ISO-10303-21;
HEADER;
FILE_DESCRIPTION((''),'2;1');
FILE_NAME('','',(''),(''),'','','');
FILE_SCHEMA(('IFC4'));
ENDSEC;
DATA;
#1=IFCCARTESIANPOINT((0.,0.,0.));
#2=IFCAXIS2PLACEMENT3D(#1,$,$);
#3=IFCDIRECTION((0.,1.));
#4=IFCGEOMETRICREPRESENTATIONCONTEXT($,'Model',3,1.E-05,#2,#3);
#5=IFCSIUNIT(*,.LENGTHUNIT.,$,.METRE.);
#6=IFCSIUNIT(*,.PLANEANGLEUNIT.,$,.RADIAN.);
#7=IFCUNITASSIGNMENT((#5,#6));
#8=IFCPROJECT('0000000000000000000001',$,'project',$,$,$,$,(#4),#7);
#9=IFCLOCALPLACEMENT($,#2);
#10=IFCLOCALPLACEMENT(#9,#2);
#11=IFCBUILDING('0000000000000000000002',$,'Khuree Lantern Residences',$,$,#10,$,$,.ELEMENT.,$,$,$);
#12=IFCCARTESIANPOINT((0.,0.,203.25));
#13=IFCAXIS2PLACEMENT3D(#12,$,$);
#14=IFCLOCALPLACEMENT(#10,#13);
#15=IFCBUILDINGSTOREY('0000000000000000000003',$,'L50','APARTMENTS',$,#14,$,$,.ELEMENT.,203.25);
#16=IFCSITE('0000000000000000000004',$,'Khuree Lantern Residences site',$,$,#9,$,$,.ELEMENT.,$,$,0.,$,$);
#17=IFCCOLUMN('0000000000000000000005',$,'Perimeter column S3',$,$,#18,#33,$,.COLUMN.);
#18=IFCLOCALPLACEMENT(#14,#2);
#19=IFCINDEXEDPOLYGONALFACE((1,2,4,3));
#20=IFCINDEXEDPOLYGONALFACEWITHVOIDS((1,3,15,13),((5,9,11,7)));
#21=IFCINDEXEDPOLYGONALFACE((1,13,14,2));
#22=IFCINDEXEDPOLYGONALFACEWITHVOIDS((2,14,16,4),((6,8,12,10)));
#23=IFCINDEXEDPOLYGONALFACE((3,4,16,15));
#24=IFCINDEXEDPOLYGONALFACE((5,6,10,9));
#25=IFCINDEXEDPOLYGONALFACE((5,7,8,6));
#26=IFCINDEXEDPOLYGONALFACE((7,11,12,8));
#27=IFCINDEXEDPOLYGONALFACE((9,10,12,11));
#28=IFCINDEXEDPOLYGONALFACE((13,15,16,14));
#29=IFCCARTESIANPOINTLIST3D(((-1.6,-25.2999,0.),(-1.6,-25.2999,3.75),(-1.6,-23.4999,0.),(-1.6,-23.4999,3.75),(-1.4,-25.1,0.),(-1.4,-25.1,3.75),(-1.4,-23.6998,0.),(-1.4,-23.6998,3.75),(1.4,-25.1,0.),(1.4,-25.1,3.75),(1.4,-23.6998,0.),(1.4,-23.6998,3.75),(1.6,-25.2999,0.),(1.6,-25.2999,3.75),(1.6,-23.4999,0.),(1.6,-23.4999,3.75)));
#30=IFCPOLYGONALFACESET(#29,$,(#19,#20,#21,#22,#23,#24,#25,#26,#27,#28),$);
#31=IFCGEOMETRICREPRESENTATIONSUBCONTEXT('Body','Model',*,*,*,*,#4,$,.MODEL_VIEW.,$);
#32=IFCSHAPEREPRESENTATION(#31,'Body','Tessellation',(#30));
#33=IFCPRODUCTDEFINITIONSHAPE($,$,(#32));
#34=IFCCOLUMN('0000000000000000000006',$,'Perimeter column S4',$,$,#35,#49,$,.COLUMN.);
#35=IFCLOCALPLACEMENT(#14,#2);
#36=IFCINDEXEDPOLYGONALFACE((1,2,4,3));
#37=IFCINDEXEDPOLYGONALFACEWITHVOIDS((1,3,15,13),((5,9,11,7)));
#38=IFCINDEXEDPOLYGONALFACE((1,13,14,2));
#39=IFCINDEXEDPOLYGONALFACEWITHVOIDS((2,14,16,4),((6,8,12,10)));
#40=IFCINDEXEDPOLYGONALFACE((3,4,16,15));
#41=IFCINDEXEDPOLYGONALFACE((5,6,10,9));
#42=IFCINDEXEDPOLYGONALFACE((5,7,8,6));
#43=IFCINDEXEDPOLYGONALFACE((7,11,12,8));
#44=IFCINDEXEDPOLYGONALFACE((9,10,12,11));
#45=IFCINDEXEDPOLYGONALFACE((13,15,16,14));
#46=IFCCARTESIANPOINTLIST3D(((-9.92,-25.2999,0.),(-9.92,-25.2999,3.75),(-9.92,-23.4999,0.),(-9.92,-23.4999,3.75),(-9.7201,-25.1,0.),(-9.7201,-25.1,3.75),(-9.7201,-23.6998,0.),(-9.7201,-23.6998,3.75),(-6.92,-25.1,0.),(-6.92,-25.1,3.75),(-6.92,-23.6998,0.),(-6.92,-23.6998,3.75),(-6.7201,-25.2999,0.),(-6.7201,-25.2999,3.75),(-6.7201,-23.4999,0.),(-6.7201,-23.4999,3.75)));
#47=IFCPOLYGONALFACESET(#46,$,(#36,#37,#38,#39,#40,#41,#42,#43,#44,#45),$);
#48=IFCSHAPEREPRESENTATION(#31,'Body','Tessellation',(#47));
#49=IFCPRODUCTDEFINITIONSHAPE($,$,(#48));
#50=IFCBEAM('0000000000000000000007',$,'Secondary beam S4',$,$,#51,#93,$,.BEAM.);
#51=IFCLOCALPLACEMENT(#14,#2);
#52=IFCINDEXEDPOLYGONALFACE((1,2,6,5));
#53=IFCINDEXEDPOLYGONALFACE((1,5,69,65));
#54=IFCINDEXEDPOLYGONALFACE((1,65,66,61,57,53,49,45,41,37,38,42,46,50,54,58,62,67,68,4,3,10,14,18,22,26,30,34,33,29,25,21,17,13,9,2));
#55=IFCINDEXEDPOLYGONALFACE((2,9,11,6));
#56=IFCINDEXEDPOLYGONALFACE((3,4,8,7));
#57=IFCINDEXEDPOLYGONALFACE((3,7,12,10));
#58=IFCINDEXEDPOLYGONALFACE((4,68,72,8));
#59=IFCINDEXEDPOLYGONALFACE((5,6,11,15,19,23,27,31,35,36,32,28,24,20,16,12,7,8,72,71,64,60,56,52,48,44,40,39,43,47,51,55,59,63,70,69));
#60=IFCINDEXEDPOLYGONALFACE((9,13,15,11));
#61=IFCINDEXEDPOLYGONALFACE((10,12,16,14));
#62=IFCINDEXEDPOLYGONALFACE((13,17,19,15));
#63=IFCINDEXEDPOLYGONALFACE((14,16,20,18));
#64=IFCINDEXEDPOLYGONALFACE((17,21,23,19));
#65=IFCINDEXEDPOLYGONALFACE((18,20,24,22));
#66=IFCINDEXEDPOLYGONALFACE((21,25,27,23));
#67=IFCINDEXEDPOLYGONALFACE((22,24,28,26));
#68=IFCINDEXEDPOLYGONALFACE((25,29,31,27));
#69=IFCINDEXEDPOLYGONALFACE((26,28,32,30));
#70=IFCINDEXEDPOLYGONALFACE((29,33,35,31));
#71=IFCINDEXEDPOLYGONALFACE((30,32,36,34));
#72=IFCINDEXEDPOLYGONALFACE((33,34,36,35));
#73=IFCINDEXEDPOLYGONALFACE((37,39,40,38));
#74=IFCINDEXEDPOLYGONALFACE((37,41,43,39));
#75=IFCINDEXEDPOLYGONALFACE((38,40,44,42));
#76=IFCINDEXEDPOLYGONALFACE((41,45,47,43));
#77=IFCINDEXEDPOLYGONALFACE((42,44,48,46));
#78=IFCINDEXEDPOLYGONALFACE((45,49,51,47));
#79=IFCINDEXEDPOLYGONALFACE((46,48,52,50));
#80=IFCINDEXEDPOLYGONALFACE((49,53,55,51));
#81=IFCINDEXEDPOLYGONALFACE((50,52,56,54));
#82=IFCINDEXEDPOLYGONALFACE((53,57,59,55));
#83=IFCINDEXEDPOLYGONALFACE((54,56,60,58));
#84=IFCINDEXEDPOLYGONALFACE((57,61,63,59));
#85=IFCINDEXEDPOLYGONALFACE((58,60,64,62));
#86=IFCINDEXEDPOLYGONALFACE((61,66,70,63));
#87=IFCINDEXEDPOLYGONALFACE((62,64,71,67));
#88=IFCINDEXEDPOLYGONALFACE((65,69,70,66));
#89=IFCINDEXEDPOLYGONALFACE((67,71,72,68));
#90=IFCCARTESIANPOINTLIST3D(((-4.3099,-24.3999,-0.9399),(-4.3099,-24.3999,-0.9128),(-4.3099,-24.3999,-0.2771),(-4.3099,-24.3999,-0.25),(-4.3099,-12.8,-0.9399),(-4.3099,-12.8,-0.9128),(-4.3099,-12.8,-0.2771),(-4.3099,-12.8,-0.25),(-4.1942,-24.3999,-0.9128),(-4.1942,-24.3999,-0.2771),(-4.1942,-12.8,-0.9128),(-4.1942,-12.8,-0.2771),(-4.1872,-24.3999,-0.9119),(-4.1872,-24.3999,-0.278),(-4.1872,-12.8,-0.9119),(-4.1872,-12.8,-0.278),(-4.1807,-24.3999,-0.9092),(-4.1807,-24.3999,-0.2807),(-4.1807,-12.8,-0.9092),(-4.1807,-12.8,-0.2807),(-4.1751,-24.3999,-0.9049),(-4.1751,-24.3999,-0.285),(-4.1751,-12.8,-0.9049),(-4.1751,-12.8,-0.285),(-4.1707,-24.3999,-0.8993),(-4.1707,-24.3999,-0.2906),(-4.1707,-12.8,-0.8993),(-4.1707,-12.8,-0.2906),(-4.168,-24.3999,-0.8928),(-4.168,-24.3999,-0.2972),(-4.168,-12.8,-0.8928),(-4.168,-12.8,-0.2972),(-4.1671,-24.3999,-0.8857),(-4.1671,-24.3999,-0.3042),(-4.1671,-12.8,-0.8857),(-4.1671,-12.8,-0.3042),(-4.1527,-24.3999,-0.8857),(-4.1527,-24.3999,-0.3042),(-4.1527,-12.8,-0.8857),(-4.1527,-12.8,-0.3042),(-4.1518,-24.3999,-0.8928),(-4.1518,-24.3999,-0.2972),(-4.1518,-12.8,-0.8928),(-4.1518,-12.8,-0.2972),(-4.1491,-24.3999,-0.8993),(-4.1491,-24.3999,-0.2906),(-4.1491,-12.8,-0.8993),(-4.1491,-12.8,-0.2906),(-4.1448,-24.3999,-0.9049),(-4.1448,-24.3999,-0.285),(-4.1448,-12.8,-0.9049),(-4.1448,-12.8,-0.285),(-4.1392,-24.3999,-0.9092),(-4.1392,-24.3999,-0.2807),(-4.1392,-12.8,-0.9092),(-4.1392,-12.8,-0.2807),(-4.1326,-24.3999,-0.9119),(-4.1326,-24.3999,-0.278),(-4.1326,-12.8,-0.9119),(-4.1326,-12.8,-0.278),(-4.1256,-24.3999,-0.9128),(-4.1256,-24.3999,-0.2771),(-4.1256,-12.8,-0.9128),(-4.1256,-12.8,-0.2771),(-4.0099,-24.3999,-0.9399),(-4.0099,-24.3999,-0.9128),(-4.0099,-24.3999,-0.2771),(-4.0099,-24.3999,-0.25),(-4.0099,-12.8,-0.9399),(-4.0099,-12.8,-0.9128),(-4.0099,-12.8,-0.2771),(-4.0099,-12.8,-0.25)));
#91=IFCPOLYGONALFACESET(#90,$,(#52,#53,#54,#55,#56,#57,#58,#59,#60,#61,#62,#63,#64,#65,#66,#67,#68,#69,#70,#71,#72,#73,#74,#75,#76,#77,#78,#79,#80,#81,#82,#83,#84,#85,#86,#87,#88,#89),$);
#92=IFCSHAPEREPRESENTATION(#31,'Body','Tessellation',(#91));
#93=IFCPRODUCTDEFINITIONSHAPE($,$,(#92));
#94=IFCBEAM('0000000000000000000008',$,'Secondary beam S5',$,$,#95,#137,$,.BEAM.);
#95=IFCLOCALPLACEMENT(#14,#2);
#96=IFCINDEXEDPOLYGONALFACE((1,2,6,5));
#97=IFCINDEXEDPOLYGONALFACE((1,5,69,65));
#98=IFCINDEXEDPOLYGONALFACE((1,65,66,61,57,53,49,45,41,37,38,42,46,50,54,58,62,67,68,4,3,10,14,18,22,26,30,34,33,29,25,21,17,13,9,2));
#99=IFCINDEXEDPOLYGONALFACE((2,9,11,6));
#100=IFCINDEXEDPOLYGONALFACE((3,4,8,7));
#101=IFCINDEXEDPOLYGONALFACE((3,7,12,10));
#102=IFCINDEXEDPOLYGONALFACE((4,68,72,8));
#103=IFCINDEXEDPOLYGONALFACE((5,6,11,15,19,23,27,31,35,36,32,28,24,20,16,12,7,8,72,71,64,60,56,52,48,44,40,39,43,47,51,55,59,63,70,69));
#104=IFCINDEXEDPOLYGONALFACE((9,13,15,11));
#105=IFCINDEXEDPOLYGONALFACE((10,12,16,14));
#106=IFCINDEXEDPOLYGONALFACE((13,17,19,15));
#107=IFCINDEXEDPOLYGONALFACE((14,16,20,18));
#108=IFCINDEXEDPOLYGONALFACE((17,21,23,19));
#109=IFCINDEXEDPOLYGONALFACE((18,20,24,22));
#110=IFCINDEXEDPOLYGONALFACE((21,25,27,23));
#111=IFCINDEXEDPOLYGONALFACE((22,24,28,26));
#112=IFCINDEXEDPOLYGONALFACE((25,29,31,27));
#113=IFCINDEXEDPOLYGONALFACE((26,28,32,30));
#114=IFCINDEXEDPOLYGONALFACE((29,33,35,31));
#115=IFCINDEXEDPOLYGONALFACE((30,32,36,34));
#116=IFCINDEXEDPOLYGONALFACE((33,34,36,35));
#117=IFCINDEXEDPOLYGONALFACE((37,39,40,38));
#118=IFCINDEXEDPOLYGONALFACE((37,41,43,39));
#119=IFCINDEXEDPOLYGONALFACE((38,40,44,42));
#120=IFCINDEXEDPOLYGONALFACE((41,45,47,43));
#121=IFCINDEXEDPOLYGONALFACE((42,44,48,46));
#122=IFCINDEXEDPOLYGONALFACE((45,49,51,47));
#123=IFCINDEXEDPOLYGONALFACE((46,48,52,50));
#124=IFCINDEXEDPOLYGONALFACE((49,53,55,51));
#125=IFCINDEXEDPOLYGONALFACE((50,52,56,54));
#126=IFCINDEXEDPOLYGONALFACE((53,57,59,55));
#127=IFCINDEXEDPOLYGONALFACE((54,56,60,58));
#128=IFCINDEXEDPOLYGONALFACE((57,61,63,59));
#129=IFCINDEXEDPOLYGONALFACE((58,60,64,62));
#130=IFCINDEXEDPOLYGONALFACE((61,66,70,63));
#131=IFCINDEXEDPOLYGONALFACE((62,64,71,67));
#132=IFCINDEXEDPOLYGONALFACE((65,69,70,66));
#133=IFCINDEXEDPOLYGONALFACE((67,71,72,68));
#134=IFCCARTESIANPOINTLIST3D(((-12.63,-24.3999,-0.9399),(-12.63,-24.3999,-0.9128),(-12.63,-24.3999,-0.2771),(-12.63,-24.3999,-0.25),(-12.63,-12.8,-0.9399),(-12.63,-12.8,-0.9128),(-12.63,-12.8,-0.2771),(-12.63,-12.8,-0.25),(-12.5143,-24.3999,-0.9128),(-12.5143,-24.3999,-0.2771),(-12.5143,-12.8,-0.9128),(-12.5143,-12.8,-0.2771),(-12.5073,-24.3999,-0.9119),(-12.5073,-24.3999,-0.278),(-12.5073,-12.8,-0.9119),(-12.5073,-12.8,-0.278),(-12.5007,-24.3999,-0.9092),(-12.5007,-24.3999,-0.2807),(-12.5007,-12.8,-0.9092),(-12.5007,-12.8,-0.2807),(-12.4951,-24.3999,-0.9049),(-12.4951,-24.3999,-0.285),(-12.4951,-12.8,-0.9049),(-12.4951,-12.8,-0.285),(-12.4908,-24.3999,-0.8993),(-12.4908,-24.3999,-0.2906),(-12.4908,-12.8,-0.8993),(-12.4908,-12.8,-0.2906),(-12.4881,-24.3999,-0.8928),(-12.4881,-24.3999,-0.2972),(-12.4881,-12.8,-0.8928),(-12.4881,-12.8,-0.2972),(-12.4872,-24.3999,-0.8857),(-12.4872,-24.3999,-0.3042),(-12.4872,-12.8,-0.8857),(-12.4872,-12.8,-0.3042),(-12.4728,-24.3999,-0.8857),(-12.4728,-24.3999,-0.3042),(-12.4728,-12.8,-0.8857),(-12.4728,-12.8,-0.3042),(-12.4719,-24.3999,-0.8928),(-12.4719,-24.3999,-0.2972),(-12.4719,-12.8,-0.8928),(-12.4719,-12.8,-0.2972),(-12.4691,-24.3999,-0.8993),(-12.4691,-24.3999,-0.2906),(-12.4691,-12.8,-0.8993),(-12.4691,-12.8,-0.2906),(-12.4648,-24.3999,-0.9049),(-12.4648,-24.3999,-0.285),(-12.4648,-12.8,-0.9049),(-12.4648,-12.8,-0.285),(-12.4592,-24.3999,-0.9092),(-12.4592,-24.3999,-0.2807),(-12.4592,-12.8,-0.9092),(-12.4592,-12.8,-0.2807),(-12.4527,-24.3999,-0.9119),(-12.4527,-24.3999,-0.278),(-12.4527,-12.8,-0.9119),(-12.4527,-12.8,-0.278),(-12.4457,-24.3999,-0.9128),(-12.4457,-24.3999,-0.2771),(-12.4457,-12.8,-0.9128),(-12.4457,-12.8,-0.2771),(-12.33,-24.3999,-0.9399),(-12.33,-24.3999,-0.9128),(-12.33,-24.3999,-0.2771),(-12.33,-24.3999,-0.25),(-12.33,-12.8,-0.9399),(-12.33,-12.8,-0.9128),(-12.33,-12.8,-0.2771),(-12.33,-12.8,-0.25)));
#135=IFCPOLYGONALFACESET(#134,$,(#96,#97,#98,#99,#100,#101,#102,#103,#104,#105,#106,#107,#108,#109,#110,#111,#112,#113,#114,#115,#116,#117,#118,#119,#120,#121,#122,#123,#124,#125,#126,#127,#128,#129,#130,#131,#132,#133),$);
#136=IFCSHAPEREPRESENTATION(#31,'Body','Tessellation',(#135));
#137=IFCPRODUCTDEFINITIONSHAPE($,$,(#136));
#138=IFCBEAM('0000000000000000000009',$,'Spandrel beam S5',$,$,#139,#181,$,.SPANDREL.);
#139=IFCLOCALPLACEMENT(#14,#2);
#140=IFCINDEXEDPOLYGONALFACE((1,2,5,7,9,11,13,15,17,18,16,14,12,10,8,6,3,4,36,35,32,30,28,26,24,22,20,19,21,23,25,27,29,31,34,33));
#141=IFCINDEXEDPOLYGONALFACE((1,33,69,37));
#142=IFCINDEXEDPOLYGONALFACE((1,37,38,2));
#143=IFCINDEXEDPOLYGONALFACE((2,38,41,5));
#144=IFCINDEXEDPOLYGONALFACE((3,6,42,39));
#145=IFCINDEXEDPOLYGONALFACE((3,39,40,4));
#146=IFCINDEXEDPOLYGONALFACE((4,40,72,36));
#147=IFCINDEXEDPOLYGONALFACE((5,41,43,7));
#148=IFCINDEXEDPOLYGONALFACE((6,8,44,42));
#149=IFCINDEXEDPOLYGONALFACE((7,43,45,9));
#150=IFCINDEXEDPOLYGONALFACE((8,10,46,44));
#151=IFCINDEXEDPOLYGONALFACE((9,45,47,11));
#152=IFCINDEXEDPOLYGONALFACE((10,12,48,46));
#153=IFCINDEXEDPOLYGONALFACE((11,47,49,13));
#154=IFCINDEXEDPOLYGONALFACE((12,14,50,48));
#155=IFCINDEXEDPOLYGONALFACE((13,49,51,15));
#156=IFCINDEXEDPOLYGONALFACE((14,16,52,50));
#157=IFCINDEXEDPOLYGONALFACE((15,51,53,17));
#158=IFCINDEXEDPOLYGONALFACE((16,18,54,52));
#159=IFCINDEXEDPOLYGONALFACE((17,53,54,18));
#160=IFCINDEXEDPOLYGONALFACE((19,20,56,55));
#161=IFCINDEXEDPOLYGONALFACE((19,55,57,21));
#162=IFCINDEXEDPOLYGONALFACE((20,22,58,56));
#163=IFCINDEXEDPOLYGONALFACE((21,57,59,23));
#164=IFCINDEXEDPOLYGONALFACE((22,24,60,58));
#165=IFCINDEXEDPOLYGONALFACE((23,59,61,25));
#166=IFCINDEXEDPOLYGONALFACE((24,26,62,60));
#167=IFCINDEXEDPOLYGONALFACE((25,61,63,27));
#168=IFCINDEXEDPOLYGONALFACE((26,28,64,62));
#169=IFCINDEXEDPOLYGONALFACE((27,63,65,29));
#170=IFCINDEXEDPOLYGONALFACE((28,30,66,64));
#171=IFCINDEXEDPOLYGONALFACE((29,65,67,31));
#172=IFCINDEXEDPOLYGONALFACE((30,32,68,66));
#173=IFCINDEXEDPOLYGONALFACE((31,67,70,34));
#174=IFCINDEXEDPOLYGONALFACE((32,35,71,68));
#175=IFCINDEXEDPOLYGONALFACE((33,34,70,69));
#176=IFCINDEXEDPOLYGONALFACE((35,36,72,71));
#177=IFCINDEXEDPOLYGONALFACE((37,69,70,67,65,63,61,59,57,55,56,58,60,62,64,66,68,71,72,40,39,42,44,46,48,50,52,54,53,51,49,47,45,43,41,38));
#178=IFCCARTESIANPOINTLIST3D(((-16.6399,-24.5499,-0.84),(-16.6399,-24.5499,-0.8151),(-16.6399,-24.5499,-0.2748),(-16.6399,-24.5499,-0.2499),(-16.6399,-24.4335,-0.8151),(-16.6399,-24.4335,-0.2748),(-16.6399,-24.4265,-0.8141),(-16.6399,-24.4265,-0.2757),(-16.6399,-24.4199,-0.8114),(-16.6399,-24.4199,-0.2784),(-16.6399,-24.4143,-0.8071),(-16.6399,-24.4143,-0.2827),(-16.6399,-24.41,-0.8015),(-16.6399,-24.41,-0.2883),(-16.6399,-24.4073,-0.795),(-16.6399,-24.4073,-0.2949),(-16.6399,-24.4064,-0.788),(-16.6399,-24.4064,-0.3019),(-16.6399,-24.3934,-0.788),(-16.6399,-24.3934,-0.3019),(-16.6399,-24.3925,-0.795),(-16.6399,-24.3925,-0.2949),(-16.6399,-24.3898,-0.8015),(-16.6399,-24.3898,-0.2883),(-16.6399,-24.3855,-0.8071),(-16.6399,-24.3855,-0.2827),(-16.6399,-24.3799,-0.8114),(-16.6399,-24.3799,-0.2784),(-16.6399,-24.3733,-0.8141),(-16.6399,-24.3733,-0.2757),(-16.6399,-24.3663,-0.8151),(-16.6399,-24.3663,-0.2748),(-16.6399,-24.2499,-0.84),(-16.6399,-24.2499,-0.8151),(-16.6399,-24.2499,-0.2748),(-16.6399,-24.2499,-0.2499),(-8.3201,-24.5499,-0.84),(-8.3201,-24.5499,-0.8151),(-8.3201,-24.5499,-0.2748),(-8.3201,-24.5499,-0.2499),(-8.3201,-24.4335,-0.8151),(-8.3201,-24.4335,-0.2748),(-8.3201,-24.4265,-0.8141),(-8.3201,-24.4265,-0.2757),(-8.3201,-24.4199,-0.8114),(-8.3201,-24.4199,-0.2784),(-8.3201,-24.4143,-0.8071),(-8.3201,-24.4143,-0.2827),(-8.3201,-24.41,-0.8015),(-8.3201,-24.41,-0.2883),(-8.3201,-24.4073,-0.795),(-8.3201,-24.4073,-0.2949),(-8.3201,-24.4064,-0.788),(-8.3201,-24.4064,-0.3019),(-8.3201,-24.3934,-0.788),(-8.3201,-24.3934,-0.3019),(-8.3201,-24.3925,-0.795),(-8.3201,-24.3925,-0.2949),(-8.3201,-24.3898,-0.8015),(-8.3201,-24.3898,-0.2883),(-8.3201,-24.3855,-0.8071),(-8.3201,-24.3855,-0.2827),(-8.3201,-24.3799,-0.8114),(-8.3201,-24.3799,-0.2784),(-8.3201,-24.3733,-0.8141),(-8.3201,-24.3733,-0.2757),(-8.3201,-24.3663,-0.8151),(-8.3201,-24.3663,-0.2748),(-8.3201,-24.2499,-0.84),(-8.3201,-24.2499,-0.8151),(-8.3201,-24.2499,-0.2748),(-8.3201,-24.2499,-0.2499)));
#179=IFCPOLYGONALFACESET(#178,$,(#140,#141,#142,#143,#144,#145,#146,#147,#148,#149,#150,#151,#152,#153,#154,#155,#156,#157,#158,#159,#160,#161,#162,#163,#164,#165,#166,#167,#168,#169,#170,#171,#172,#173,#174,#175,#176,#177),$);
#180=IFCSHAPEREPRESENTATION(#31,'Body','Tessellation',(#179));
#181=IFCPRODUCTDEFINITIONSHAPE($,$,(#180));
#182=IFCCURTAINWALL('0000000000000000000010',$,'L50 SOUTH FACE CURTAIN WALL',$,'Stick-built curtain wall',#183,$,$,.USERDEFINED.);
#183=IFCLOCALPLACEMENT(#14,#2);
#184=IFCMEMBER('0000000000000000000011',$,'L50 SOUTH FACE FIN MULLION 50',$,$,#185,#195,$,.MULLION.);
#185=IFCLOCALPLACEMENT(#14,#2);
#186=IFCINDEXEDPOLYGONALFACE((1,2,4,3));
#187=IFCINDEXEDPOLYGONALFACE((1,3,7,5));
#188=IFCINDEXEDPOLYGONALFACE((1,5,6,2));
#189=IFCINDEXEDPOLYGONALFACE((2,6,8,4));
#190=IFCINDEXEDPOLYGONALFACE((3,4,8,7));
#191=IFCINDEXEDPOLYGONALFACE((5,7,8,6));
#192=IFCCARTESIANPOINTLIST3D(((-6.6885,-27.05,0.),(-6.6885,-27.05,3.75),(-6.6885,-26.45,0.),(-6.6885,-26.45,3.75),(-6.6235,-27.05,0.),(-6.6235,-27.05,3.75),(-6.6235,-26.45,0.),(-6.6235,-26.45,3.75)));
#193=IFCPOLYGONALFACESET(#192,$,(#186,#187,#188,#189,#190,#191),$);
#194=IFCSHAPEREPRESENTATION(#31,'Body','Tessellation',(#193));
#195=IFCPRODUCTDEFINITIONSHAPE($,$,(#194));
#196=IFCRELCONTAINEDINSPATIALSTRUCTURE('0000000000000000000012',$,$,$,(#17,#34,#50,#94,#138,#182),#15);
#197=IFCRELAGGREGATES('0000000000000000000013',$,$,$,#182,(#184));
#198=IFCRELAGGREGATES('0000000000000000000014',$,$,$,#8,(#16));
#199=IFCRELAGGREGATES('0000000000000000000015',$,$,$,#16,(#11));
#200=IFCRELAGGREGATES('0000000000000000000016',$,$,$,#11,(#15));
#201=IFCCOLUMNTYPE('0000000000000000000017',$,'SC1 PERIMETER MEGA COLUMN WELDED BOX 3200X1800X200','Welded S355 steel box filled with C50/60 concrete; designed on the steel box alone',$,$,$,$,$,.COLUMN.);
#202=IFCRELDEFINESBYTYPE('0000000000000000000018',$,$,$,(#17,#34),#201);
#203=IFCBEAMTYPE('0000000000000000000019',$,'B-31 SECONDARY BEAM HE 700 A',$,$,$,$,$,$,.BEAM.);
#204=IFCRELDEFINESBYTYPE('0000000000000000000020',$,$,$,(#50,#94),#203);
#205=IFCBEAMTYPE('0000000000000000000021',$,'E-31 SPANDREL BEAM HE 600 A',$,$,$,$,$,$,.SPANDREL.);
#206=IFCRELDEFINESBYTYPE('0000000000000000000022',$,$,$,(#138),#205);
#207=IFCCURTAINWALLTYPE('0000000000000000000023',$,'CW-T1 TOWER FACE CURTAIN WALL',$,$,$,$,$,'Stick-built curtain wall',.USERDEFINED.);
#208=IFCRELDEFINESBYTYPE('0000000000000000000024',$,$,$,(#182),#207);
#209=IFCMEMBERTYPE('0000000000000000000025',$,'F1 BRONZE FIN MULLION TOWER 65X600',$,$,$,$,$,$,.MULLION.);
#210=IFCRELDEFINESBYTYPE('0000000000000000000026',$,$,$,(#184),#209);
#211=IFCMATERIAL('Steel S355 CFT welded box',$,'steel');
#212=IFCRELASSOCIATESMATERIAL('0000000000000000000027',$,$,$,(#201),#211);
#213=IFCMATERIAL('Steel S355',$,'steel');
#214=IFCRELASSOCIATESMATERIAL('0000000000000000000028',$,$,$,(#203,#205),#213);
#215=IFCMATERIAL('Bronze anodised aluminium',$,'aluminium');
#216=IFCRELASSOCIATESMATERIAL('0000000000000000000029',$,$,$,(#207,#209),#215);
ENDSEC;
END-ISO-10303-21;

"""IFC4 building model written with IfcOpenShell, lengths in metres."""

from ifc_helpers import new_model, si_unit, direction, frame, origin, origin_2d, place, context, subcontext, project, spatial, rectangle, hollow_rectangle, i_section, extrude, material, material_profile, profile_set, type_object, element, aggregate, save


model = new_model("IFC4")

# Units and contexts
model_context = context("Model", 3, precision=1e-05, world=origin(), true_north=direction((0.0, 1.0)))
body_context = subcontext(model_context, "Body", "Model", "MODEL_VIEW")
ifc_project = project(units=[si_unit("LENGTHUNIT", "METRE"), si_unit("PLANEANGLEUNIT", "RADIAN")], contexts=[model_context])

# Site, building, storey
site_placement = place(None, origin())
site = spatial("IfcSite", under=ifc_project, at=site_placement, Name="Khuree Lantern Residences site", CompositionType="ELEMENT", RefElevation=0.0)
building_placement = place(site_placement, origin())
building = spatial("IfcBuilding", under=site, at=building_placement, Name="Khuree Lantern Residences", CompositionType="ELEMENT")
storey_placement = place(building_placement, frame((0.0, 0.0, 203.25)))
storey = spatial("IfcBuildingStorey", under=building, at=storey_placement, Name="L50", Description="APARTMENTS", CompositionType="ELEMENT", Elevation=203.25)

# Columns
ifc_material_1 = material(Name="Steel S355 CFT welded box", Category="steel")
ifc_material_profile_1 = material_profile(ifc_material_1, hollow_rectangle(XDim=3.2, YDim=1.8, WallThickness=0.2, at=origin_2d()), Name="WELDED BOX 3200X1800X200")
ifc_profile_set_1 = profile_set([ifc_material_profile_1], Name="Steel S355 CFT welded box")
column_type = type_object("IfcColumnType", Name="SC1 PERIMETER MEGA COLUMN WELDED BOX 3200X1800X200", Description="Welded S355 steel box filled with C50/60 concrete; designed on the steel box alone", PredefinedType="COLUMN", material=ifc_profile_set_1)
for number, where, z_axis, x_axis, name in (
    (1, (0.0, -24.3999, 0.0), (0.0, 0.0, 1.0), (1.0, 0.0, 0.0), "Perimeter column S3"),
    (2, (-8.3201, -24.3999, 0.0), (0.0, 0.0, 1.0), (1.0, 0.0, 0.0), "Perimeter column S4"),
):
    element("IfcColumn", number, at=place(storey_placement, frame(where, z_axis=z_axis, x_axis=x_axis)), inside=storey, type_object=column_type, Name=name, PredefinedType="COLUMN", context=body_context, shape_type="SweptSolid", body=[
        extrude(hollow_rectangle(XDim=3.2, YDim=1.8, WallThickness=0.2, at=origin_2d()), origin(), (0.0, 0.0, 1.0), 3.75),
    ])

# Beams
ifc_material_2 = material(Name="Steel S355", Category="steel")
ifc_material_profile_2 = material_profile(ifc_material_2, i_section(OverallWidth=0.3, OverallDepth=0.6899, WebThickness=0.0144, FlangeThickness=0.0271, FilletRadius=0.0271, at=origin_2d()), Name="HE 700 A")
ifc_profile_set_2 = profile_set([ifc_material_profile_2], Name="Steel S355")
beam_type_1 = type_object("IfcBeamType", Name="B-31 SECONDARY BEAM HE 700 A", PredefinedType="BEAM", material=ifc_profile_set_2)
for number, where, z_axis, x_axis, name in (
    (3, (-4.1599, -24.3999, -0.595), (0.0, 1.0, 0.0), (-1.0, 0.0, 0.0), "Secondary beam S4"),
    (4, (-12.48, -24.3999, -0.595), (0.0, 1.0, 0.0), (-1.0, 0.0, 0.0), "Secondary beam S5"),
):
    element("IfcBeam", number, at=place(storey_placement, frame(where, z_axis=z_axis, x_axis=x_axis)), inside=storey, type_object=beam_type_1, Name=name, PredefinedType="BEAM", context=body_context, shape_type="SweptSolid", body=[
        extrude(i_section(OverallWidth=0.3, OverallDepth=0.6899, WebThickness=0.0144, FlangeThickness=0.0271, FilletRadius=0.0271, at=origin_2d()), origin(), (0.0, 0.0, 1.0), 11.5999),
    ])
ifc_material_profile_3 = material_profile(ifc_material_2, i_section(OverallWidth=0.3, OverallDepth=0.5901, WebThickness=0.0129, FlangeThickness=0.0249, FilletRadius=0.0271, at=origin_2d()), Name="HE 600 A")
ifc_profile_set_3 = profile_set([ifc_material_profile_3], Name="Steel S355")
beam_type_2 = type_object("IfcBeamType", Name="E-31 SPANDREL BEAM HE 600 A", PredefinedType="SPANDREL", material=ifc_profile_set_3)
beam_1_placement = place(storey_placement, frame((-8.3201, -24.3999, -0.5449), z_axis=(-1.0, 0.0, 0.0), x_axis=(0.0, -1.0, 0.0)))
element("IfcBeam", 5, at=beam_1_placement, inside=storey, type_object=beam_type_2, Name="Spandrel beam S5", PredefinedType="SPANDREL", context=body_context, shape_type="SweptSolid", body=[
    extrude(i_section(OverallWidth=0.3, OverallDepth=0.5901, WebThickness=0.0129, FlangeThickness=0.0249, FilletRadius=0.0271, at=origin_2d()), origin(), (0.0, 0.0, 1.0), 8.3198),
])

# Curtain wall, member
ifc_material_3 = material(Name="Bronze anodised aluminium", Category="aluminium")
curtain_wall_type = type_object("IfcCurtainWallType", Name="CW-T1 TOWER FACE CURTAIN WALL", ElementType="Stick-built curtain wall", PredefinedType="USERDEFINED", material=ifc_material_3)
curtain_wall_placement = place(storey_placement, origin())
curtain_wall = element("IfcCurtainWall", 6, at=curtain_wall_placement, inside=storey, type_object=curtain_wall_type, Name="L50 SOUTH FACE CURTAIN WALL", ObjectType="Stick-built curtain wall", PredefinedType="USERDEFINED")
ifc_material_profile_4 = material_profile(ifc_material_3, rectangle(XDim=0.0649, YDim=0.6001, at=origin_2d()), Name="F1 65X600")
ifc_profile_set_4 = profile_set([ifc_material_profile_4], Name="Bronze anodised aluminium")
member_type_1 = type_object("IfcMemberType", Name="F1 BRONZE FIN MULLION TOWER 65X600", PredefinedType="MULLION", material=ifc_profile_set_4)
member_1_placement = place(storey_placement, frame((-6.656, -26.75, 0.0), z_axis=(0.0, 0.0, 1.0), x_axis=(1.0, 0.0, 0.0)))
member_1 = element("IfcMember", 7, at=member_1_placement, type_object=member_type_1, Name="L50 SOUTH FACE FIN MULLION 50", PredefinedType="MULLION", context=body_context, shape_type="SweptSolid", body=[
    extrude(rectangle(XDim=0.0649, YDim=0.6001, at=origin_2d()), origin(), (0.0, 0.0, 1.0), 3.75),
])

aggregate(curtain_wall, [member_1])

save(model, "model.ifc")
